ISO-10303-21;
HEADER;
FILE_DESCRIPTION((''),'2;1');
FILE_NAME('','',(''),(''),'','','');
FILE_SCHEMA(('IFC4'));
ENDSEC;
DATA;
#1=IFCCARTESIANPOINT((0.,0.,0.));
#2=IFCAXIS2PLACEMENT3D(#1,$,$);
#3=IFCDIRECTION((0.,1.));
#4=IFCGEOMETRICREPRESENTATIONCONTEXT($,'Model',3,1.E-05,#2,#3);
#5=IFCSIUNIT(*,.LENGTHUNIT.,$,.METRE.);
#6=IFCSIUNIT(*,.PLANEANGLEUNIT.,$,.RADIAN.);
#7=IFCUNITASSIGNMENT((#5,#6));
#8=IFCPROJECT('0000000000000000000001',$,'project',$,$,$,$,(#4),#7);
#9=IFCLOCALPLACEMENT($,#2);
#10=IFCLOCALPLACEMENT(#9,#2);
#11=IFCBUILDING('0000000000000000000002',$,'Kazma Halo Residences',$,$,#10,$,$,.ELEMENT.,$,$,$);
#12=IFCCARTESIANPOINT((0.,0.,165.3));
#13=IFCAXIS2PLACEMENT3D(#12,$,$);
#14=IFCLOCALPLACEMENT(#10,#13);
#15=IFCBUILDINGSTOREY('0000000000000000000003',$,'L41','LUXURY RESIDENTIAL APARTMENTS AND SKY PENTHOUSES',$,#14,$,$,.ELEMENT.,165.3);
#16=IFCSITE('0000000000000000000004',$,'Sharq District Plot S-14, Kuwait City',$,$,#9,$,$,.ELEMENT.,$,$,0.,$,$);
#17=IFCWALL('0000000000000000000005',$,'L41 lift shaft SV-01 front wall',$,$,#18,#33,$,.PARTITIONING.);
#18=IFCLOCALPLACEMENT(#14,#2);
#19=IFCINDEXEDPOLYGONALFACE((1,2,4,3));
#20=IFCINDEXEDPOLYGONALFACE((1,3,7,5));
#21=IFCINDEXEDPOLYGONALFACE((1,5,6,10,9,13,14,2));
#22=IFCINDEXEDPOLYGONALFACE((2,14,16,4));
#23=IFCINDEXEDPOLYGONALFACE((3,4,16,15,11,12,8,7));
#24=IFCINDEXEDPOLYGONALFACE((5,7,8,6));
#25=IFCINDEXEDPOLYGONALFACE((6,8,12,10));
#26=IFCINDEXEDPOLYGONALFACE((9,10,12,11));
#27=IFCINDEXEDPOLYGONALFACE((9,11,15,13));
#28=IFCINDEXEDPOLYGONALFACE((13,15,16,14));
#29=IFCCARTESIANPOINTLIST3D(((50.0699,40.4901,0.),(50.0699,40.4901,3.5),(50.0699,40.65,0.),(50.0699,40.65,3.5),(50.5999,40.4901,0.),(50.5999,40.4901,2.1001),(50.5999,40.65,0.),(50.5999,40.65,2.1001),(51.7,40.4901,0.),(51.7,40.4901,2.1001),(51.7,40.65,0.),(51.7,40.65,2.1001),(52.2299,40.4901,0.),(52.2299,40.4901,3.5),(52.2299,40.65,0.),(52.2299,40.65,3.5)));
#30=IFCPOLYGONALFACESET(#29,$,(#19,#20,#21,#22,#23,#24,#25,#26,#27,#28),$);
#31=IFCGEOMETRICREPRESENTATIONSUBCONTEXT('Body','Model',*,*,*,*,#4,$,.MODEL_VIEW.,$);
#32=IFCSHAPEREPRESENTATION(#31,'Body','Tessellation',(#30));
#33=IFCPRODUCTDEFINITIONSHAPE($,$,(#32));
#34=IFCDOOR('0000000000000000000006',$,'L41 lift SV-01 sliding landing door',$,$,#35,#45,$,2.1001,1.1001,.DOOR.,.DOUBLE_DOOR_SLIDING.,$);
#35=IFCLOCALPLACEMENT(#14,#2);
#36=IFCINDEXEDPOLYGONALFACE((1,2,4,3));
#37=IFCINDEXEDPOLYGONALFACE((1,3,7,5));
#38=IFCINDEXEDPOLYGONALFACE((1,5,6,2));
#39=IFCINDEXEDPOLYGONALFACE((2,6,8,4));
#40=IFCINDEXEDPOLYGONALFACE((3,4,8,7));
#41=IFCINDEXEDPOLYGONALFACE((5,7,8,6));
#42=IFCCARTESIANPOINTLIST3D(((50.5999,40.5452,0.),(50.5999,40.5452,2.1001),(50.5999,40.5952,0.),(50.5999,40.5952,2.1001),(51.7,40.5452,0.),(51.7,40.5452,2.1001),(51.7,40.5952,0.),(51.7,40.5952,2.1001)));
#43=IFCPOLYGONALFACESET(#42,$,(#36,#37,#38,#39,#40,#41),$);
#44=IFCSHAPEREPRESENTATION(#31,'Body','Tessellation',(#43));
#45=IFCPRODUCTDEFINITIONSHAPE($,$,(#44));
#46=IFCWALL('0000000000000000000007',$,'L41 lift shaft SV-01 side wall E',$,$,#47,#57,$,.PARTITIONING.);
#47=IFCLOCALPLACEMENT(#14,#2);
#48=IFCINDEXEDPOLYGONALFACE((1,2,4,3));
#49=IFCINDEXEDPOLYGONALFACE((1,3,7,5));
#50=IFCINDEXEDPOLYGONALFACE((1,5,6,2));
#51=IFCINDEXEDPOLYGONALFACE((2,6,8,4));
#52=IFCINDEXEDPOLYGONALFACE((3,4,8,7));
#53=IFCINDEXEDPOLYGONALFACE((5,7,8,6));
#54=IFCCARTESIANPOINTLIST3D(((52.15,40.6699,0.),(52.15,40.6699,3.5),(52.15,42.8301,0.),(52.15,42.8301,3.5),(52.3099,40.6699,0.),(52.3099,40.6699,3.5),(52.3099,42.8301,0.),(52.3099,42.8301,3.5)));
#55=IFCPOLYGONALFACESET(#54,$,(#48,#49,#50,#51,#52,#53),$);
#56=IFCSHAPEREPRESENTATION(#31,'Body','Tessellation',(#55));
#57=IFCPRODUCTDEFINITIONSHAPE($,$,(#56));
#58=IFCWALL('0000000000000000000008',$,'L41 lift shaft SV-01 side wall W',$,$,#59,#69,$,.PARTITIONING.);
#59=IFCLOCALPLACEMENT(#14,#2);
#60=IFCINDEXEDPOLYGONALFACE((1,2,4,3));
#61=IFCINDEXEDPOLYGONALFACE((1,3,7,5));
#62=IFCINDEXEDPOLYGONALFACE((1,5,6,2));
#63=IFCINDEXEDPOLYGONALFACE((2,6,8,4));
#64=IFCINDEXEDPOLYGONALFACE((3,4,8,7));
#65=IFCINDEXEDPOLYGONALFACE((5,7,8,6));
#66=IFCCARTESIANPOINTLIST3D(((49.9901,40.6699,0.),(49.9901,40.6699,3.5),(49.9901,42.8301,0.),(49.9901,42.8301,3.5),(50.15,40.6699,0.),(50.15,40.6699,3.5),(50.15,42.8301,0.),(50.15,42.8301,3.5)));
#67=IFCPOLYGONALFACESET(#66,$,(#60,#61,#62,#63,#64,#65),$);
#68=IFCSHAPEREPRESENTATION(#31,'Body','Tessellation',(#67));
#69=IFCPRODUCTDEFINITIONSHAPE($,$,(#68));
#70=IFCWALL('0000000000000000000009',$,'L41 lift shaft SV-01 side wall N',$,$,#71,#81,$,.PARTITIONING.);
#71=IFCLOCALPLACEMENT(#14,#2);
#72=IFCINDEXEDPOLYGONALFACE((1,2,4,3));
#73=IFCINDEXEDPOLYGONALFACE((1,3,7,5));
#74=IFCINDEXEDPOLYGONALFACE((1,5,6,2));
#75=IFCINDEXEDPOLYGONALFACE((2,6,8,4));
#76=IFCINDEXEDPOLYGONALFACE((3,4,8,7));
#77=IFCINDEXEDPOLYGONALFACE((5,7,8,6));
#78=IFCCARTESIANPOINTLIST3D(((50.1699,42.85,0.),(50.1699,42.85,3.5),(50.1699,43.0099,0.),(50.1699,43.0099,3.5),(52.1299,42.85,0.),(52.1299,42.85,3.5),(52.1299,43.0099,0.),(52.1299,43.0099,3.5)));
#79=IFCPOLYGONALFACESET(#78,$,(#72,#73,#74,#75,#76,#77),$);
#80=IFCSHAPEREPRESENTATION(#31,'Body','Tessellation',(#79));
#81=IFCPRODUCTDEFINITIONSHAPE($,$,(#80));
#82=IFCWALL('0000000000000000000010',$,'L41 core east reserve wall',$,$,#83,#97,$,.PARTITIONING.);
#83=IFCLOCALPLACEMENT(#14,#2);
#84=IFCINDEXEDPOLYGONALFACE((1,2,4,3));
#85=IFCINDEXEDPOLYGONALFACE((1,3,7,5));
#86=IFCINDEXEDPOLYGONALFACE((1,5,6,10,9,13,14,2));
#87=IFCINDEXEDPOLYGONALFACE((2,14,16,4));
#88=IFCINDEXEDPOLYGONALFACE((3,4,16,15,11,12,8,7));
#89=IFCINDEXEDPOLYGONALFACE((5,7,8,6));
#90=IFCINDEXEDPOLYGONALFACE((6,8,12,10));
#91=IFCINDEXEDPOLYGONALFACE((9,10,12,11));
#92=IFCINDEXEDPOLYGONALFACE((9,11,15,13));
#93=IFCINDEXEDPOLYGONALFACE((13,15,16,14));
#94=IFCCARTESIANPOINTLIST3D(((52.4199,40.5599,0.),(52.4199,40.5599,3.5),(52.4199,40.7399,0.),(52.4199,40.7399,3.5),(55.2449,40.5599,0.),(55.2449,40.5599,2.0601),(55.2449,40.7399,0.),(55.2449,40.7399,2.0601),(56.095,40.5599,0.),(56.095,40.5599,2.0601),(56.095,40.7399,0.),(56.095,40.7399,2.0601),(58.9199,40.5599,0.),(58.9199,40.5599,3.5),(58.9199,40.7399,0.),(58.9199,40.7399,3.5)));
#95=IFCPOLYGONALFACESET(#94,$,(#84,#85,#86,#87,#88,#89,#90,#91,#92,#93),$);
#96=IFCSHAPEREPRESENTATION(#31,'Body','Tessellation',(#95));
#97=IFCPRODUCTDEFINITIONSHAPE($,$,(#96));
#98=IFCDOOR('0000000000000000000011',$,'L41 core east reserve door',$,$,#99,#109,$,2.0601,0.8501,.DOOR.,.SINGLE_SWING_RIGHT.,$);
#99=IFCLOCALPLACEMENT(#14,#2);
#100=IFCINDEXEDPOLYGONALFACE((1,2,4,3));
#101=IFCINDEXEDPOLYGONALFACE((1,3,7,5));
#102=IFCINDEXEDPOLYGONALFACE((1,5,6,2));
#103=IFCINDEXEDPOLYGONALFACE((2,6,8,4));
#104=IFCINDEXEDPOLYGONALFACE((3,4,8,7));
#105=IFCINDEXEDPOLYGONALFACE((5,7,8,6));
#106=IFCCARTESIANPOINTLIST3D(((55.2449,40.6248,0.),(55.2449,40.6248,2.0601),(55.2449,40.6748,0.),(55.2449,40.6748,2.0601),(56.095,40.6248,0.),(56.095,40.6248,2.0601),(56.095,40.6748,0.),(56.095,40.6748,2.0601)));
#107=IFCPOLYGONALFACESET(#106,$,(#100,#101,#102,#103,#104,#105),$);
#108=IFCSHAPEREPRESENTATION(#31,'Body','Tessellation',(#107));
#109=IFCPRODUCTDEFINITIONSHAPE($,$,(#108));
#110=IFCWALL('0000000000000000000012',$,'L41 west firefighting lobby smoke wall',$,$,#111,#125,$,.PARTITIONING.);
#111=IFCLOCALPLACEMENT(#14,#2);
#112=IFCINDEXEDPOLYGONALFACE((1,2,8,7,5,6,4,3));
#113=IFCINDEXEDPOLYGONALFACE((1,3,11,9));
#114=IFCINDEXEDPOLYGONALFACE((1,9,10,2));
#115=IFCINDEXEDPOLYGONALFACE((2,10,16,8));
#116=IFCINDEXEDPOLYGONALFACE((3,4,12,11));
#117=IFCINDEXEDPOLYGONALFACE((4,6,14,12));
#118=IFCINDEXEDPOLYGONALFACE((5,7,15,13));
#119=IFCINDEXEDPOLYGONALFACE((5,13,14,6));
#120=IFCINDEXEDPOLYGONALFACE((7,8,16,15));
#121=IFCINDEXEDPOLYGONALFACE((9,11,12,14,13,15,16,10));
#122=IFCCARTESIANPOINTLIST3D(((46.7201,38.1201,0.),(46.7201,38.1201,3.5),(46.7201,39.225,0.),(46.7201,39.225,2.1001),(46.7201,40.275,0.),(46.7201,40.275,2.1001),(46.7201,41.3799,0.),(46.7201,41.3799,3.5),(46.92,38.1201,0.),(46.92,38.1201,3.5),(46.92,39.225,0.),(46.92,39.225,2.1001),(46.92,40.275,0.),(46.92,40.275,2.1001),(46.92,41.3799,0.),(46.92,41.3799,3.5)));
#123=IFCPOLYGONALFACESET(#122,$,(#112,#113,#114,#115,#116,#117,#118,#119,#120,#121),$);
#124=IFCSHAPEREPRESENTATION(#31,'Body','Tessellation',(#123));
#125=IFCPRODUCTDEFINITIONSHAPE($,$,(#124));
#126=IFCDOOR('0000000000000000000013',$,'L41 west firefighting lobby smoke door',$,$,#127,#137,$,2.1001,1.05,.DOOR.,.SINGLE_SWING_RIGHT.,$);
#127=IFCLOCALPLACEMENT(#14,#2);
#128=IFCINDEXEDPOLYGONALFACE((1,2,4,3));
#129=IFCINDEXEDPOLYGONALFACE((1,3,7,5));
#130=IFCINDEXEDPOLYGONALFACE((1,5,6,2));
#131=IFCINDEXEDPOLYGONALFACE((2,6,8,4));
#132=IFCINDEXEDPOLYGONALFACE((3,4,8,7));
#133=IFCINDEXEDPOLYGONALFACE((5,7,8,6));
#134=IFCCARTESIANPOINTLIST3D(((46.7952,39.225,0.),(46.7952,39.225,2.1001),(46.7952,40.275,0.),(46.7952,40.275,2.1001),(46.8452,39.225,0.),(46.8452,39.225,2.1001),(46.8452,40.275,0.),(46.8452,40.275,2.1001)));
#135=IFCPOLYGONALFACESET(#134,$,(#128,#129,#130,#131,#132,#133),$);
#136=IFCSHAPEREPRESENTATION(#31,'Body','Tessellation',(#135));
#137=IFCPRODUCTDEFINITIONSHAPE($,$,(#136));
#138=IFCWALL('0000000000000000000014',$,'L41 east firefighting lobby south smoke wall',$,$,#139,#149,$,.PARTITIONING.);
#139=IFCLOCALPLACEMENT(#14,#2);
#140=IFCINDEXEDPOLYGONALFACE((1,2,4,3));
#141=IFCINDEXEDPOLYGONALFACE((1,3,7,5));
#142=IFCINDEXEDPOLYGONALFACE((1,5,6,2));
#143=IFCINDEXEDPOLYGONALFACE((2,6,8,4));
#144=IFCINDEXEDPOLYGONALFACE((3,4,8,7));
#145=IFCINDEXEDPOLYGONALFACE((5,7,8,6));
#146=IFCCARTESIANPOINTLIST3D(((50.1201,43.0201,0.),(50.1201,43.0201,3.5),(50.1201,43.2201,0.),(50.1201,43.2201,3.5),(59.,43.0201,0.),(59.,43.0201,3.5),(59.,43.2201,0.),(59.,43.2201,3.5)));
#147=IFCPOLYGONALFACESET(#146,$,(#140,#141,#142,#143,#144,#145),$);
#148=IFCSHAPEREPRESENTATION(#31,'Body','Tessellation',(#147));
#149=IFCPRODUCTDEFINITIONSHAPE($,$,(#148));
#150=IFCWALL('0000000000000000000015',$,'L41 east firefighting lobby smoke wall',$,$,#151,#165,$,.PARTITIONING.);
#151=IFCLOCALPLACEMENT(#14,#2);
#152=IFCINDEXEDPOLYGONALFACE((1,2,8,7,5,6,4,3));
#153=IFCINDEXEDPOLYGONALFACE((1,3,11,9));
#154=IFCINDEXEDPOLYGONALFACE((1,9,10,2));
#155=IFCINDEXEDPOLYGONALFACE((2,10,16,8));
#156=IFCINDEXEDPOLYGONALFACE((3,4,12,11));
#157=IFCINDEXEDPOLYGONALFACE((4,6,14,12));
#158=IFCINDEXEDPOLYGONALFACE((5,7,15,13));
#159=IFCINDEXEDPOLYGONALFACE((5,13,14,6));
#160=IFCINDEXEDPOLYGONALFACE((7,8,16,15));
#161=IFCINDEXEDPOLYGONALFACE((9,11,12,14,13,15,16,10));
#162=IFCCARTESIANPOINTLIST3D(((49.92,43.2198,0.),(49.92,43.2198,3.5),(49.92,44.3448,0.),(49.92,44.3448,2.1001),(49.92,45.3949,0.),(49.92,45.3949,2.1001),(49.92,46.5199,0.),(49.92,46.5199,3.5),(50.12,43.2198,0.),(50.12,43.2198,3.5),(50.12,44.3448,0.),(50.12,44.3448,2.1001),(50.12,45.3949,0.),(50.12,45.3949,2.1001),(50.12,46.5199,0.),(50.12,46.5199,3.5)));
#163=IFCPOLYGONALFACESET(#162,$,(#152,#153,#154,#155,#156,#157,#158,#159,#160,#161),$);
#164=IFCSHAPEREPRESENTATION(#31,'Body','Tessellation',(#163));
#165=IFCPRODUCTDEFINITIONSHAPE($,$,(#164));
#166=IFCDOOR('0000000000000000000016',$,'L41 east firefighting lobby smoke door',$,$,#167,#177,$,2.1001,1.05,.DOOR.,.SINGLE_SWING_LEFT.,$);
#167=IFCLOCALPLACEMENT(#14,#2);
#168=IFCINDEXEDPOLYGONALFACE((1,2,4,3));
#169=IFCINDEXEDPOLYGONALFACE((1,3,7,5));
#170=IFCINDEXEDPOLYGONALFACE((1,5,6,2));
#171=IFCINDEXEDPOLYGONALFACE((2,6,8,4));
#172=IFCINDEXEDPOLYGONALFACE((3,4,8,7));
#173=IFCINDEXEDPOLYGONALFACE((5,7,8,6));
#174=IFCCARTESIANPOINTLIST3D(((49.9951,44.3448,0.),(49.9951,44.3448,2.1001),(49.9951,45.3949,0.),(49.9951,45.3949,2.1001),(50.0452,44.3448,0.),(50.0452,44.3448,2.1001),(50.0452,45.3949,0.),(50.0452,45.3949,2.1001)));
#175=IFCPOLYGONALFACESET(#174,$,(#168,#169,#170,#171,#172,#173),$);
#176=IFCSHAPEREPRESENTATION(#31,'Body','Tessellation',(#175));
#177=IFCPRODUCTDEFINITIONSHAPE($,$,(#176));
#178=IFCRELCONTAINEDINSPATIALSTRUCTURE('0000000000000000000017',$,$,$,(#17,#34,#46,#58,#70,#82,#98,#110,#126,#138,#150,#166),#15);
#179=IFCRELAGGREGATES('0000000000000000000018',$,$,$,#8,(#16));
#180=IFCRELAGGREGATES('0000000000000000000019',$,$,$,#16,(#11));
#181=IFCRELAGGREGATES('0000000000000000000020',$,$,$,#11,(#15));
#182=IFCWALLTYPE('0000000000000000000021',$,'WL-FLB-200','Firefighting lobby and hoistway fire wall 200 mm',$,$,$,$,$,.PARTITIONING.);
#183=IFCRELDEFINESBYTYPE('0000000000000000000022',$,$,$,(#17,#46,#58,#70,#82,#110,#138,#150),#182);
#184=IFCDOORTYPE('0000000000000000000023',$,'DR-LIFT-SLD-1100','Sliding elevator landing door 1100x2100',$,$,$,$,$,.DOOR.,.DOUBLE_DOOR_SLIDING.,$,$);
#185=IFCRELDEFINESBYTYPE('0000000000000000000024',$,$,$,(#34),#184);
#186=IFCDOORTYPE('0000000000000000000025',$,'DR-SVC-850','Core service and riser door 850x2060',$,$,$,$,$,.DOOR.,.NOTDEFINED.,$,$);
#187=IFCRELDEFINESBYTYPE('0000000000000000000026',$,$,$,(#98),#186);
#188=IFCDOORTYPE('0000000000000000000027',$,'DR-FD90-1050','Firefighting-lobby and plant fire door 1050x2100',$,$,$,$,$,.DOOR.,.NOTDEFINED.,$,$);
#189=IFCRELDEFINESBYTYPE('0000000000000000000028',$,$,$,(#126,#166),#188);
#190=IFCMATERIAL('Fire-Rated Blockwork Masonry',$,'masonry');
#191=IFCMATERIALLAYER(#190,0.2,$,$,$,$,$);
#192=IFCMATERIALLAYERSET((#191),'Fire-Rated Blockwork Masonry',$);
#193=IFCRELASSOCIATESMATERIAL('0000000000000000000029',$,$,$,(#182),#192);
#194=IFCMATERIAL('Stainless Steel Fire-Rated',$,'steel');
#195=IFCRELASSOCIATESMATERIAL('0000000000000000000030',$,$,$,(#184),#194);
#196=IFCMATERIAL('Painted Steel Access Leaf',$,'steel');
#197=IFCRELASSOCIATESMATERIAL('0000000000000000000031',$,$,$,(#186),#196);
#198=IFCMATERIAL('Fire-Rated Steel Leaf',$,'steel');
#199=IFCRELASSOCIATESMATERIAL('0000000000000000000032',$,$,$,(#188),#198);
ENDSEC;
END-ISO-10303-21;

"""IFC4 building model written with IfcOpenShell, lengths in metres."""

from ifc_helpers import new_model, si_unit, direction, frame, frame_2d, origin, place, context, subcontext, project, spatial, rectangle, extrude, material, layer, layer_set, type_object, element, fill, save


model = new_model("IFC4")

# Units and contexts
model_context = context("Model", 3, precision=1e-05, world=origin(), true_north=direction((0.0, 1.0)))
body_context = subcontext(model_context, "Body", "Model", "MODEL_VIEW")
ifc_project = project(units=[si_unit("LENGTHUNIT", "METRE"), si_unit("PLANEANGLEUNIT", "RADIAN")], contexts=[model_context])

# Site, building, storey
site_placement = place(None, origin())
site = spatial("IfcSite", under=ifc_project, at=site_placement, Name="Sharq District Plot S-14, Kuwait City", CompositionType="ELEMENT", RefElevation=0.0)
building_placement = place(site_placement, origin())
building = spatial("IfcBuilding", under=site, at=building_placement, Name="Kazma Halo Residences", CompositionType="ELEMENT")
storey_placement = place(building_placement, frame((0.0, 0.0, 165.3)))
storey = spatial("IfcBuildingStorey", under=building, at=storey_placement, Name="L41", Description="LUXURY RESIDENTIAL APARTMENTS AND SKY PENTHOUSES", CompositionType="ELEMENT", Elevation=165.3)

# Shared definitions
ifc_material_1 = material(Name="Fire-Rated Blockwork Masonry", Category="masonry")
ifc_layer_1 = layer(ifc_material_1, 0.2)
ifc_layer_set_1 = layer_set([ifc_layer_1], Name="Fire-Rated Blockwork Masonry")
wall_type_1 = type_object("IfcWallType", Name="WL-FLB-200", Description="Firefighting lobby and hoistway fire wall 200 mm", PredefinedType="PARTITIONING", material=ifc_layer_set_1)

# Wall, opening, door
wall_1_placement = place(storey_placement, frame((52.23, 40.5701, 0.0), z_axis=(0.0, 0.0, 1.0), x_axis=(-1.0, 0.0, 0.0)))
wall_1 = element("IfcWall", 1, at=wall_1_placement, inside=storey, type_object=wall_type_1, Name="L41 lift shaft SV-01 front wall", PredefinedType="PARTITIONING", context=body_context, shape_type="SweptSolid", body=[
    extrude(rectangle(XDim=2.1599, YDim=0.1599, at=frame_2d((1.0801, 0.0))), origin(), (0.0, 0.0, 1.0), 3.5),
])
opening_1_placement = place(wall_1_placement, frame((0.53, 0.0, 0.0)))
opening_1 = element("IfcOpeningElement", 2, at=opening_1_placement, cuts=wall_1, PredefinedType="OPENING", context=body_context, shape_type="SweptSolid", body=[
    extrude(rectangle(XDim=1.1001, YDim=2.1001, at=frame_2d((0.55, 1.05))), frame((0.0, 0.0898, 0.0), z_axis=(0.0, -1.0, 0.0), x_axis=(1.0, 0.0, 0.0)), (0.0, 0.0, 1.0), 0.1799),
])
ifc_material_2 = material(Name="Stainless Steel Fire-Rated", Category="steel")
door_type_1 = type_object("IfcDoorType", Name="DR-LIFT-SLD-1100", Description="Sliding elevator landing door 1100x2100", OperationType="DOUBLE_DOOR_SLIDING", PredefinedType="DOOR", material=ifc_material_2)
door_1_placement = place(opening_1_placement, origin())
door_1 = element("IfcDoor", 3, at=door_1_placement, inside=storey, type_object=door_type_1, Name="L41 lift SV-01 sliding landing door", OperationType="DOUBLE_DOOR_SLIDING", OverallHeight=2.1001, OverallWidth=1.1001, PredefinedType="DOOR", context=body_context, shape_type="SweptSolid", body=[
    extrude(rectangle(XDim=1.1001, YDim=2.1001, at=frame_2d((0.55, 1.05))), frame((0.0, 0.0249, 0.0), z_axis=(0.0, -1.0, 0.0), x_axis=(1.0, 0.0, 0.0)), (0.0, 0.0, 1.0), 0.05),
])
fill(opening_1, door_1)

# Walls
for number, where, z_axis, x_axis, name in (
    (4, (52.23, 40.6699, 0.0), (0.0, 0.0, 1.0), (0.0, 1.0, 0.0), "L41 lift shaft SV-01 side wall E"),
    (5, (50.0701, 40.6699, 0.0), (0.0, 0.0, 1.0), (0.0, 1.0, 0.0), "L41 lift shaft SV-01 side wall W"),
):
    element("IfcWall", number, at=place(storey_placement, frame(where, z_axis=z_axis, x_axis=x_axis)), inside=storey, type_object=wall_type_1, Name=name, PredefinedType="PARTITIONING", context=body_context, shape_type="SweptSolid", body=[
        extrude(rectangle(XDim=2.1602, YDim=0.1599, at=frame_2d((1.0801, 0.0))), origin(), (0.0, 0.0, 1.0), 3.5),
    ])
wall_2_placement = place(storey_placement, frame((50.1699, 42.9299, 0.0), z_axis=(0.0, 0.0, 1.0), x_axis=(1.0, 0.0, 0.0)))
element("IfcWall", 6, at=wall_2_placement, inside=storey, type_object=wall_type_1, Name="L41 lift shaft SV-01 side wall N", PredefinedType="PARTITIONING", context=body_context, shape_type="SweptSolid", body=[
    extrude(rectangle(XDim=1.96, YDim=0.1599, at=frame_2d((0.98, 0.0))), origin(), (0.0, 0.0, 1.0), 3.5),
])

# Walls, openings, doors
wall_3_placement = place(storey_placement, frame((52.4199, 40.6499, 0.0), z_axis=(0.0, 0.0, 1.0), x_axis=(1.0, 0.0, 0.0)))
wall_3 = element("IfcWall", 7, at=wall_3_placement, inside=storey, type_object=wall_type_1, Name="L41 core east reserve wall", PredefinedType="PARTITIONING", context=body_context, shape_type="SweptSolid", body=[
    extrude(rectangle(XDim=6.5, YDim=0.1799, at=frame_2d((3.25, 0.0))), origin(), (0.0, 0.0, 1.0), 3.5),
])
opening_2_placement = place(wall_3_placement, frame((2.825, 0.0, 0.0)))
opening_2 = element("IfcOpeningElement", 8, at=opening_2_placement, cuts=wall_3, PredefinedType="OPENING", context=body_context, shape_type="SweptSolid", body=[
    extrude(rectangle(XDim=0.8501, YDim=2.0601, at=frame_2d((0.425, 1.03))), frame((0.0, 0.0999, 0.0), z_axis=(0.0, -1.0, 0.0), x_axis=(1.0, 0.0, 0.0)), (0.0, 0.0, 1.0), 0.2),
])
ifc_material_3 = material(Name="Painted Steel Access Leaf", Category="steel")
door_type_2 = type_object("IfcDoorType", Name="DR-SVC-850", Description="Core service and riser door 850x2060", OperationType="NOTDEFINED", PredefinedType="DOOR", material=ifc_material_3)
door_2_placement = place(opening_2_placement, origin())
door_2 = element("IfcDoor", 9, at=door_2_placement, inside=storey, type_object=door_type_2, Name="L41 core east reserve door", OperationType="SINGLE_SWING_RIGHT", OverallHeight=2.0601, OverallWidth=0.8501, PredefinedType="DOOR", context=body_context, shape_type="SweptSolid", body=[
    extrude(rectangle(XDim=0.8501, YDim=2.0601, at=frame_2d((0.425, 1.03))), frame((0.0, 0.0249, 0.0), z_axis=(0.0, -1.0, 0.0), x_axis=(1.0, 0.0, 0.0)), (0.0, 0.0, 1.0), 0.05),
])
fill(opening_2, door_2)
wall_4_placement = place(storey_placement, frame((46.8201, 38.1201, 0.0), z_axis=(0.0, 0.0, 1.0), x_axis=(0.0, 1.0, 0.0)))
wall_4 = element("IfcWall", 10, at=wall_4_placement, inside=storey, type_object=wall_type_1, Name="L41 west firefighting lobby smoke wall", PredefinedType="PARTITIONING", context=body_context, shape_type="SweptSolid", body=[
    extrude(rectangle(XDim=3.2598, YDim=0.2, at=frame_2d((1.6299, 0.0))), origin(), (0.0, 0.0, 1.0), 3.5),
])
opening_3_placement = place(wall_4_placement, frame((1.105, 0.0, 0.0)))
opening_3 = element("IfcOpeningElement", 11, at=opening_3_placement, cuts=wall_4, PredefinedType="OPENING", context=body_context, shape_type="SweptSolid", body=[
    extrude(rectangle(XDim=1.05, YDim=2.1001, at=frame_2d((0.5249, 1.05))), frame((0.0, 0.1099, 0.0), z_axis=(0.0, -1.0, 0.0), x_axis=(1.0, 0.0, 0.0)), (0.0, 0.0, 1.0), 0.22),
])
ifc_material_4 = material(Name="Fire-Rated Steel Leaf", Category="steel")
door_type_3 = type_object("IfcDoorType", Name="DR-FD90-1050", Description="Firefighting-lobby and plant fire door 1050x2100", OperationType="NOTDEFINED", PredefinedType="DOOR", material=ifc_material_4)
door_3_placement = place(opening_3_placement, origin())
door_3 = element("IfcDoor", 12, at=door_3_placement, inside=storey, type_object=door_type_3, Name="L41 west firefighting lobby smoke door", OperationType="SINGLE_SWING_RIGHT", OverallHeight=2.1001, OverallWidth=1.05, PredefinedType="DOOR", context=body_context, shape_type="SweptSolid", body=[
    extrude(rectangle(XDim=1.05, YDim=2.1001, at=frame_2d((0.5249, 1.05))), frame((0.0, 0.0249, 0.0), z_axis=(0.0, -1.0, 0.0), x_axis=(1.0, 0.0, 0.0)), (0.0, 0.0, 1.0), 0.05),
])
fill(opening_3, door_3)

# Wall
wall_5_placement = place(storey_placement, frame((50.1201, 43.1201, 0.0), z_axis=(0.0, 0.0, 1.0), x_axis=(1.0, 0.0, 0.0)))
element("IfcWall", 13, at=wall_5_placement, inside=storey, type_object=wall_type_1, Name="L41 east firefighting lobby south smoke wall", PredefinedType="PARTITIONING", context=body_context, shape_type="SweptSolid", body=[
    extrude(rectangle(XDim=8.8799, YDim=0.2, at=frame_2d((4.4399, 0.0))), origin(), (0.0, 0.0, 1.0), 3.5),
])

# Wall, opening, door
wall_6_placement = place(storey_placement, frame((50.02, 43.22, 0.0), z_axis=(0.0, 0.0, 1.0), x_axis=(0.0, 1.0, 0.0)))
wall_6 = element("IfcWall", 14, at=wall_6_placement, inside=storey, type_object=wall_type_1, Name="L41 east firefighting lobby smoke wall", PredefinedType="PARTITIONING", context=body_context, shape_type="SweptSolid", body=[
    extrude(rectangle(XDim=3.3, YDim=0.2, at=frame_2d((1.6499, 0.0))), origin(), (0.0, 0.0, 1.0), 3.5),
])
opening_4_placement = place(wall_6_placement, frame((1.125, 0.0, 0.0)))
opening_4 = element("IfcOpeningElement", 15, at=opening_4_placement, cuts=wall_6, PredefinedType="OPENING", context=body_context, shape_type="SweptSolid", body=[
    extrude(rectangle(XDim=1.05, YDim=2.1001, at=frame_2d((0.5249, 1.05))), frame((0.0, 0.1099, 0.0), z_axis=(0.0, -1.0, 0.0), x_axis=(1.0, 0.0, 0.0)), (0.0, 0.0, 1.0), 0.22),
])
door_4_placement = place(opening_4_placement, origin())
door_4 = element("IfcDoor", 16, at=door_4_placement, inside=storey, type_object=door_type_3, Name="L41 east firefighting lobby smoke door", OperationType="SINGLE_SWING_LEFT", OverallHeight=2.1001, OverallWidth=1.05, PredefinedType="DOOR", context=body_context, shape_type="SweptSolid", body=[
    extrude(rectangle(XDim=1.05, YDim=2.1001, at=frame_2d((0.5249, 1.05))), frame((0.0, 0.0249, 0.0), z_axis=(0.0, -1.0, 0.0), x_axis=(1.0, 0.0, 0.0)), (0.0, 0.0, 1.0), 0.05),
])
fill(opening_4, door_4)

save(model, "model.ifc")
